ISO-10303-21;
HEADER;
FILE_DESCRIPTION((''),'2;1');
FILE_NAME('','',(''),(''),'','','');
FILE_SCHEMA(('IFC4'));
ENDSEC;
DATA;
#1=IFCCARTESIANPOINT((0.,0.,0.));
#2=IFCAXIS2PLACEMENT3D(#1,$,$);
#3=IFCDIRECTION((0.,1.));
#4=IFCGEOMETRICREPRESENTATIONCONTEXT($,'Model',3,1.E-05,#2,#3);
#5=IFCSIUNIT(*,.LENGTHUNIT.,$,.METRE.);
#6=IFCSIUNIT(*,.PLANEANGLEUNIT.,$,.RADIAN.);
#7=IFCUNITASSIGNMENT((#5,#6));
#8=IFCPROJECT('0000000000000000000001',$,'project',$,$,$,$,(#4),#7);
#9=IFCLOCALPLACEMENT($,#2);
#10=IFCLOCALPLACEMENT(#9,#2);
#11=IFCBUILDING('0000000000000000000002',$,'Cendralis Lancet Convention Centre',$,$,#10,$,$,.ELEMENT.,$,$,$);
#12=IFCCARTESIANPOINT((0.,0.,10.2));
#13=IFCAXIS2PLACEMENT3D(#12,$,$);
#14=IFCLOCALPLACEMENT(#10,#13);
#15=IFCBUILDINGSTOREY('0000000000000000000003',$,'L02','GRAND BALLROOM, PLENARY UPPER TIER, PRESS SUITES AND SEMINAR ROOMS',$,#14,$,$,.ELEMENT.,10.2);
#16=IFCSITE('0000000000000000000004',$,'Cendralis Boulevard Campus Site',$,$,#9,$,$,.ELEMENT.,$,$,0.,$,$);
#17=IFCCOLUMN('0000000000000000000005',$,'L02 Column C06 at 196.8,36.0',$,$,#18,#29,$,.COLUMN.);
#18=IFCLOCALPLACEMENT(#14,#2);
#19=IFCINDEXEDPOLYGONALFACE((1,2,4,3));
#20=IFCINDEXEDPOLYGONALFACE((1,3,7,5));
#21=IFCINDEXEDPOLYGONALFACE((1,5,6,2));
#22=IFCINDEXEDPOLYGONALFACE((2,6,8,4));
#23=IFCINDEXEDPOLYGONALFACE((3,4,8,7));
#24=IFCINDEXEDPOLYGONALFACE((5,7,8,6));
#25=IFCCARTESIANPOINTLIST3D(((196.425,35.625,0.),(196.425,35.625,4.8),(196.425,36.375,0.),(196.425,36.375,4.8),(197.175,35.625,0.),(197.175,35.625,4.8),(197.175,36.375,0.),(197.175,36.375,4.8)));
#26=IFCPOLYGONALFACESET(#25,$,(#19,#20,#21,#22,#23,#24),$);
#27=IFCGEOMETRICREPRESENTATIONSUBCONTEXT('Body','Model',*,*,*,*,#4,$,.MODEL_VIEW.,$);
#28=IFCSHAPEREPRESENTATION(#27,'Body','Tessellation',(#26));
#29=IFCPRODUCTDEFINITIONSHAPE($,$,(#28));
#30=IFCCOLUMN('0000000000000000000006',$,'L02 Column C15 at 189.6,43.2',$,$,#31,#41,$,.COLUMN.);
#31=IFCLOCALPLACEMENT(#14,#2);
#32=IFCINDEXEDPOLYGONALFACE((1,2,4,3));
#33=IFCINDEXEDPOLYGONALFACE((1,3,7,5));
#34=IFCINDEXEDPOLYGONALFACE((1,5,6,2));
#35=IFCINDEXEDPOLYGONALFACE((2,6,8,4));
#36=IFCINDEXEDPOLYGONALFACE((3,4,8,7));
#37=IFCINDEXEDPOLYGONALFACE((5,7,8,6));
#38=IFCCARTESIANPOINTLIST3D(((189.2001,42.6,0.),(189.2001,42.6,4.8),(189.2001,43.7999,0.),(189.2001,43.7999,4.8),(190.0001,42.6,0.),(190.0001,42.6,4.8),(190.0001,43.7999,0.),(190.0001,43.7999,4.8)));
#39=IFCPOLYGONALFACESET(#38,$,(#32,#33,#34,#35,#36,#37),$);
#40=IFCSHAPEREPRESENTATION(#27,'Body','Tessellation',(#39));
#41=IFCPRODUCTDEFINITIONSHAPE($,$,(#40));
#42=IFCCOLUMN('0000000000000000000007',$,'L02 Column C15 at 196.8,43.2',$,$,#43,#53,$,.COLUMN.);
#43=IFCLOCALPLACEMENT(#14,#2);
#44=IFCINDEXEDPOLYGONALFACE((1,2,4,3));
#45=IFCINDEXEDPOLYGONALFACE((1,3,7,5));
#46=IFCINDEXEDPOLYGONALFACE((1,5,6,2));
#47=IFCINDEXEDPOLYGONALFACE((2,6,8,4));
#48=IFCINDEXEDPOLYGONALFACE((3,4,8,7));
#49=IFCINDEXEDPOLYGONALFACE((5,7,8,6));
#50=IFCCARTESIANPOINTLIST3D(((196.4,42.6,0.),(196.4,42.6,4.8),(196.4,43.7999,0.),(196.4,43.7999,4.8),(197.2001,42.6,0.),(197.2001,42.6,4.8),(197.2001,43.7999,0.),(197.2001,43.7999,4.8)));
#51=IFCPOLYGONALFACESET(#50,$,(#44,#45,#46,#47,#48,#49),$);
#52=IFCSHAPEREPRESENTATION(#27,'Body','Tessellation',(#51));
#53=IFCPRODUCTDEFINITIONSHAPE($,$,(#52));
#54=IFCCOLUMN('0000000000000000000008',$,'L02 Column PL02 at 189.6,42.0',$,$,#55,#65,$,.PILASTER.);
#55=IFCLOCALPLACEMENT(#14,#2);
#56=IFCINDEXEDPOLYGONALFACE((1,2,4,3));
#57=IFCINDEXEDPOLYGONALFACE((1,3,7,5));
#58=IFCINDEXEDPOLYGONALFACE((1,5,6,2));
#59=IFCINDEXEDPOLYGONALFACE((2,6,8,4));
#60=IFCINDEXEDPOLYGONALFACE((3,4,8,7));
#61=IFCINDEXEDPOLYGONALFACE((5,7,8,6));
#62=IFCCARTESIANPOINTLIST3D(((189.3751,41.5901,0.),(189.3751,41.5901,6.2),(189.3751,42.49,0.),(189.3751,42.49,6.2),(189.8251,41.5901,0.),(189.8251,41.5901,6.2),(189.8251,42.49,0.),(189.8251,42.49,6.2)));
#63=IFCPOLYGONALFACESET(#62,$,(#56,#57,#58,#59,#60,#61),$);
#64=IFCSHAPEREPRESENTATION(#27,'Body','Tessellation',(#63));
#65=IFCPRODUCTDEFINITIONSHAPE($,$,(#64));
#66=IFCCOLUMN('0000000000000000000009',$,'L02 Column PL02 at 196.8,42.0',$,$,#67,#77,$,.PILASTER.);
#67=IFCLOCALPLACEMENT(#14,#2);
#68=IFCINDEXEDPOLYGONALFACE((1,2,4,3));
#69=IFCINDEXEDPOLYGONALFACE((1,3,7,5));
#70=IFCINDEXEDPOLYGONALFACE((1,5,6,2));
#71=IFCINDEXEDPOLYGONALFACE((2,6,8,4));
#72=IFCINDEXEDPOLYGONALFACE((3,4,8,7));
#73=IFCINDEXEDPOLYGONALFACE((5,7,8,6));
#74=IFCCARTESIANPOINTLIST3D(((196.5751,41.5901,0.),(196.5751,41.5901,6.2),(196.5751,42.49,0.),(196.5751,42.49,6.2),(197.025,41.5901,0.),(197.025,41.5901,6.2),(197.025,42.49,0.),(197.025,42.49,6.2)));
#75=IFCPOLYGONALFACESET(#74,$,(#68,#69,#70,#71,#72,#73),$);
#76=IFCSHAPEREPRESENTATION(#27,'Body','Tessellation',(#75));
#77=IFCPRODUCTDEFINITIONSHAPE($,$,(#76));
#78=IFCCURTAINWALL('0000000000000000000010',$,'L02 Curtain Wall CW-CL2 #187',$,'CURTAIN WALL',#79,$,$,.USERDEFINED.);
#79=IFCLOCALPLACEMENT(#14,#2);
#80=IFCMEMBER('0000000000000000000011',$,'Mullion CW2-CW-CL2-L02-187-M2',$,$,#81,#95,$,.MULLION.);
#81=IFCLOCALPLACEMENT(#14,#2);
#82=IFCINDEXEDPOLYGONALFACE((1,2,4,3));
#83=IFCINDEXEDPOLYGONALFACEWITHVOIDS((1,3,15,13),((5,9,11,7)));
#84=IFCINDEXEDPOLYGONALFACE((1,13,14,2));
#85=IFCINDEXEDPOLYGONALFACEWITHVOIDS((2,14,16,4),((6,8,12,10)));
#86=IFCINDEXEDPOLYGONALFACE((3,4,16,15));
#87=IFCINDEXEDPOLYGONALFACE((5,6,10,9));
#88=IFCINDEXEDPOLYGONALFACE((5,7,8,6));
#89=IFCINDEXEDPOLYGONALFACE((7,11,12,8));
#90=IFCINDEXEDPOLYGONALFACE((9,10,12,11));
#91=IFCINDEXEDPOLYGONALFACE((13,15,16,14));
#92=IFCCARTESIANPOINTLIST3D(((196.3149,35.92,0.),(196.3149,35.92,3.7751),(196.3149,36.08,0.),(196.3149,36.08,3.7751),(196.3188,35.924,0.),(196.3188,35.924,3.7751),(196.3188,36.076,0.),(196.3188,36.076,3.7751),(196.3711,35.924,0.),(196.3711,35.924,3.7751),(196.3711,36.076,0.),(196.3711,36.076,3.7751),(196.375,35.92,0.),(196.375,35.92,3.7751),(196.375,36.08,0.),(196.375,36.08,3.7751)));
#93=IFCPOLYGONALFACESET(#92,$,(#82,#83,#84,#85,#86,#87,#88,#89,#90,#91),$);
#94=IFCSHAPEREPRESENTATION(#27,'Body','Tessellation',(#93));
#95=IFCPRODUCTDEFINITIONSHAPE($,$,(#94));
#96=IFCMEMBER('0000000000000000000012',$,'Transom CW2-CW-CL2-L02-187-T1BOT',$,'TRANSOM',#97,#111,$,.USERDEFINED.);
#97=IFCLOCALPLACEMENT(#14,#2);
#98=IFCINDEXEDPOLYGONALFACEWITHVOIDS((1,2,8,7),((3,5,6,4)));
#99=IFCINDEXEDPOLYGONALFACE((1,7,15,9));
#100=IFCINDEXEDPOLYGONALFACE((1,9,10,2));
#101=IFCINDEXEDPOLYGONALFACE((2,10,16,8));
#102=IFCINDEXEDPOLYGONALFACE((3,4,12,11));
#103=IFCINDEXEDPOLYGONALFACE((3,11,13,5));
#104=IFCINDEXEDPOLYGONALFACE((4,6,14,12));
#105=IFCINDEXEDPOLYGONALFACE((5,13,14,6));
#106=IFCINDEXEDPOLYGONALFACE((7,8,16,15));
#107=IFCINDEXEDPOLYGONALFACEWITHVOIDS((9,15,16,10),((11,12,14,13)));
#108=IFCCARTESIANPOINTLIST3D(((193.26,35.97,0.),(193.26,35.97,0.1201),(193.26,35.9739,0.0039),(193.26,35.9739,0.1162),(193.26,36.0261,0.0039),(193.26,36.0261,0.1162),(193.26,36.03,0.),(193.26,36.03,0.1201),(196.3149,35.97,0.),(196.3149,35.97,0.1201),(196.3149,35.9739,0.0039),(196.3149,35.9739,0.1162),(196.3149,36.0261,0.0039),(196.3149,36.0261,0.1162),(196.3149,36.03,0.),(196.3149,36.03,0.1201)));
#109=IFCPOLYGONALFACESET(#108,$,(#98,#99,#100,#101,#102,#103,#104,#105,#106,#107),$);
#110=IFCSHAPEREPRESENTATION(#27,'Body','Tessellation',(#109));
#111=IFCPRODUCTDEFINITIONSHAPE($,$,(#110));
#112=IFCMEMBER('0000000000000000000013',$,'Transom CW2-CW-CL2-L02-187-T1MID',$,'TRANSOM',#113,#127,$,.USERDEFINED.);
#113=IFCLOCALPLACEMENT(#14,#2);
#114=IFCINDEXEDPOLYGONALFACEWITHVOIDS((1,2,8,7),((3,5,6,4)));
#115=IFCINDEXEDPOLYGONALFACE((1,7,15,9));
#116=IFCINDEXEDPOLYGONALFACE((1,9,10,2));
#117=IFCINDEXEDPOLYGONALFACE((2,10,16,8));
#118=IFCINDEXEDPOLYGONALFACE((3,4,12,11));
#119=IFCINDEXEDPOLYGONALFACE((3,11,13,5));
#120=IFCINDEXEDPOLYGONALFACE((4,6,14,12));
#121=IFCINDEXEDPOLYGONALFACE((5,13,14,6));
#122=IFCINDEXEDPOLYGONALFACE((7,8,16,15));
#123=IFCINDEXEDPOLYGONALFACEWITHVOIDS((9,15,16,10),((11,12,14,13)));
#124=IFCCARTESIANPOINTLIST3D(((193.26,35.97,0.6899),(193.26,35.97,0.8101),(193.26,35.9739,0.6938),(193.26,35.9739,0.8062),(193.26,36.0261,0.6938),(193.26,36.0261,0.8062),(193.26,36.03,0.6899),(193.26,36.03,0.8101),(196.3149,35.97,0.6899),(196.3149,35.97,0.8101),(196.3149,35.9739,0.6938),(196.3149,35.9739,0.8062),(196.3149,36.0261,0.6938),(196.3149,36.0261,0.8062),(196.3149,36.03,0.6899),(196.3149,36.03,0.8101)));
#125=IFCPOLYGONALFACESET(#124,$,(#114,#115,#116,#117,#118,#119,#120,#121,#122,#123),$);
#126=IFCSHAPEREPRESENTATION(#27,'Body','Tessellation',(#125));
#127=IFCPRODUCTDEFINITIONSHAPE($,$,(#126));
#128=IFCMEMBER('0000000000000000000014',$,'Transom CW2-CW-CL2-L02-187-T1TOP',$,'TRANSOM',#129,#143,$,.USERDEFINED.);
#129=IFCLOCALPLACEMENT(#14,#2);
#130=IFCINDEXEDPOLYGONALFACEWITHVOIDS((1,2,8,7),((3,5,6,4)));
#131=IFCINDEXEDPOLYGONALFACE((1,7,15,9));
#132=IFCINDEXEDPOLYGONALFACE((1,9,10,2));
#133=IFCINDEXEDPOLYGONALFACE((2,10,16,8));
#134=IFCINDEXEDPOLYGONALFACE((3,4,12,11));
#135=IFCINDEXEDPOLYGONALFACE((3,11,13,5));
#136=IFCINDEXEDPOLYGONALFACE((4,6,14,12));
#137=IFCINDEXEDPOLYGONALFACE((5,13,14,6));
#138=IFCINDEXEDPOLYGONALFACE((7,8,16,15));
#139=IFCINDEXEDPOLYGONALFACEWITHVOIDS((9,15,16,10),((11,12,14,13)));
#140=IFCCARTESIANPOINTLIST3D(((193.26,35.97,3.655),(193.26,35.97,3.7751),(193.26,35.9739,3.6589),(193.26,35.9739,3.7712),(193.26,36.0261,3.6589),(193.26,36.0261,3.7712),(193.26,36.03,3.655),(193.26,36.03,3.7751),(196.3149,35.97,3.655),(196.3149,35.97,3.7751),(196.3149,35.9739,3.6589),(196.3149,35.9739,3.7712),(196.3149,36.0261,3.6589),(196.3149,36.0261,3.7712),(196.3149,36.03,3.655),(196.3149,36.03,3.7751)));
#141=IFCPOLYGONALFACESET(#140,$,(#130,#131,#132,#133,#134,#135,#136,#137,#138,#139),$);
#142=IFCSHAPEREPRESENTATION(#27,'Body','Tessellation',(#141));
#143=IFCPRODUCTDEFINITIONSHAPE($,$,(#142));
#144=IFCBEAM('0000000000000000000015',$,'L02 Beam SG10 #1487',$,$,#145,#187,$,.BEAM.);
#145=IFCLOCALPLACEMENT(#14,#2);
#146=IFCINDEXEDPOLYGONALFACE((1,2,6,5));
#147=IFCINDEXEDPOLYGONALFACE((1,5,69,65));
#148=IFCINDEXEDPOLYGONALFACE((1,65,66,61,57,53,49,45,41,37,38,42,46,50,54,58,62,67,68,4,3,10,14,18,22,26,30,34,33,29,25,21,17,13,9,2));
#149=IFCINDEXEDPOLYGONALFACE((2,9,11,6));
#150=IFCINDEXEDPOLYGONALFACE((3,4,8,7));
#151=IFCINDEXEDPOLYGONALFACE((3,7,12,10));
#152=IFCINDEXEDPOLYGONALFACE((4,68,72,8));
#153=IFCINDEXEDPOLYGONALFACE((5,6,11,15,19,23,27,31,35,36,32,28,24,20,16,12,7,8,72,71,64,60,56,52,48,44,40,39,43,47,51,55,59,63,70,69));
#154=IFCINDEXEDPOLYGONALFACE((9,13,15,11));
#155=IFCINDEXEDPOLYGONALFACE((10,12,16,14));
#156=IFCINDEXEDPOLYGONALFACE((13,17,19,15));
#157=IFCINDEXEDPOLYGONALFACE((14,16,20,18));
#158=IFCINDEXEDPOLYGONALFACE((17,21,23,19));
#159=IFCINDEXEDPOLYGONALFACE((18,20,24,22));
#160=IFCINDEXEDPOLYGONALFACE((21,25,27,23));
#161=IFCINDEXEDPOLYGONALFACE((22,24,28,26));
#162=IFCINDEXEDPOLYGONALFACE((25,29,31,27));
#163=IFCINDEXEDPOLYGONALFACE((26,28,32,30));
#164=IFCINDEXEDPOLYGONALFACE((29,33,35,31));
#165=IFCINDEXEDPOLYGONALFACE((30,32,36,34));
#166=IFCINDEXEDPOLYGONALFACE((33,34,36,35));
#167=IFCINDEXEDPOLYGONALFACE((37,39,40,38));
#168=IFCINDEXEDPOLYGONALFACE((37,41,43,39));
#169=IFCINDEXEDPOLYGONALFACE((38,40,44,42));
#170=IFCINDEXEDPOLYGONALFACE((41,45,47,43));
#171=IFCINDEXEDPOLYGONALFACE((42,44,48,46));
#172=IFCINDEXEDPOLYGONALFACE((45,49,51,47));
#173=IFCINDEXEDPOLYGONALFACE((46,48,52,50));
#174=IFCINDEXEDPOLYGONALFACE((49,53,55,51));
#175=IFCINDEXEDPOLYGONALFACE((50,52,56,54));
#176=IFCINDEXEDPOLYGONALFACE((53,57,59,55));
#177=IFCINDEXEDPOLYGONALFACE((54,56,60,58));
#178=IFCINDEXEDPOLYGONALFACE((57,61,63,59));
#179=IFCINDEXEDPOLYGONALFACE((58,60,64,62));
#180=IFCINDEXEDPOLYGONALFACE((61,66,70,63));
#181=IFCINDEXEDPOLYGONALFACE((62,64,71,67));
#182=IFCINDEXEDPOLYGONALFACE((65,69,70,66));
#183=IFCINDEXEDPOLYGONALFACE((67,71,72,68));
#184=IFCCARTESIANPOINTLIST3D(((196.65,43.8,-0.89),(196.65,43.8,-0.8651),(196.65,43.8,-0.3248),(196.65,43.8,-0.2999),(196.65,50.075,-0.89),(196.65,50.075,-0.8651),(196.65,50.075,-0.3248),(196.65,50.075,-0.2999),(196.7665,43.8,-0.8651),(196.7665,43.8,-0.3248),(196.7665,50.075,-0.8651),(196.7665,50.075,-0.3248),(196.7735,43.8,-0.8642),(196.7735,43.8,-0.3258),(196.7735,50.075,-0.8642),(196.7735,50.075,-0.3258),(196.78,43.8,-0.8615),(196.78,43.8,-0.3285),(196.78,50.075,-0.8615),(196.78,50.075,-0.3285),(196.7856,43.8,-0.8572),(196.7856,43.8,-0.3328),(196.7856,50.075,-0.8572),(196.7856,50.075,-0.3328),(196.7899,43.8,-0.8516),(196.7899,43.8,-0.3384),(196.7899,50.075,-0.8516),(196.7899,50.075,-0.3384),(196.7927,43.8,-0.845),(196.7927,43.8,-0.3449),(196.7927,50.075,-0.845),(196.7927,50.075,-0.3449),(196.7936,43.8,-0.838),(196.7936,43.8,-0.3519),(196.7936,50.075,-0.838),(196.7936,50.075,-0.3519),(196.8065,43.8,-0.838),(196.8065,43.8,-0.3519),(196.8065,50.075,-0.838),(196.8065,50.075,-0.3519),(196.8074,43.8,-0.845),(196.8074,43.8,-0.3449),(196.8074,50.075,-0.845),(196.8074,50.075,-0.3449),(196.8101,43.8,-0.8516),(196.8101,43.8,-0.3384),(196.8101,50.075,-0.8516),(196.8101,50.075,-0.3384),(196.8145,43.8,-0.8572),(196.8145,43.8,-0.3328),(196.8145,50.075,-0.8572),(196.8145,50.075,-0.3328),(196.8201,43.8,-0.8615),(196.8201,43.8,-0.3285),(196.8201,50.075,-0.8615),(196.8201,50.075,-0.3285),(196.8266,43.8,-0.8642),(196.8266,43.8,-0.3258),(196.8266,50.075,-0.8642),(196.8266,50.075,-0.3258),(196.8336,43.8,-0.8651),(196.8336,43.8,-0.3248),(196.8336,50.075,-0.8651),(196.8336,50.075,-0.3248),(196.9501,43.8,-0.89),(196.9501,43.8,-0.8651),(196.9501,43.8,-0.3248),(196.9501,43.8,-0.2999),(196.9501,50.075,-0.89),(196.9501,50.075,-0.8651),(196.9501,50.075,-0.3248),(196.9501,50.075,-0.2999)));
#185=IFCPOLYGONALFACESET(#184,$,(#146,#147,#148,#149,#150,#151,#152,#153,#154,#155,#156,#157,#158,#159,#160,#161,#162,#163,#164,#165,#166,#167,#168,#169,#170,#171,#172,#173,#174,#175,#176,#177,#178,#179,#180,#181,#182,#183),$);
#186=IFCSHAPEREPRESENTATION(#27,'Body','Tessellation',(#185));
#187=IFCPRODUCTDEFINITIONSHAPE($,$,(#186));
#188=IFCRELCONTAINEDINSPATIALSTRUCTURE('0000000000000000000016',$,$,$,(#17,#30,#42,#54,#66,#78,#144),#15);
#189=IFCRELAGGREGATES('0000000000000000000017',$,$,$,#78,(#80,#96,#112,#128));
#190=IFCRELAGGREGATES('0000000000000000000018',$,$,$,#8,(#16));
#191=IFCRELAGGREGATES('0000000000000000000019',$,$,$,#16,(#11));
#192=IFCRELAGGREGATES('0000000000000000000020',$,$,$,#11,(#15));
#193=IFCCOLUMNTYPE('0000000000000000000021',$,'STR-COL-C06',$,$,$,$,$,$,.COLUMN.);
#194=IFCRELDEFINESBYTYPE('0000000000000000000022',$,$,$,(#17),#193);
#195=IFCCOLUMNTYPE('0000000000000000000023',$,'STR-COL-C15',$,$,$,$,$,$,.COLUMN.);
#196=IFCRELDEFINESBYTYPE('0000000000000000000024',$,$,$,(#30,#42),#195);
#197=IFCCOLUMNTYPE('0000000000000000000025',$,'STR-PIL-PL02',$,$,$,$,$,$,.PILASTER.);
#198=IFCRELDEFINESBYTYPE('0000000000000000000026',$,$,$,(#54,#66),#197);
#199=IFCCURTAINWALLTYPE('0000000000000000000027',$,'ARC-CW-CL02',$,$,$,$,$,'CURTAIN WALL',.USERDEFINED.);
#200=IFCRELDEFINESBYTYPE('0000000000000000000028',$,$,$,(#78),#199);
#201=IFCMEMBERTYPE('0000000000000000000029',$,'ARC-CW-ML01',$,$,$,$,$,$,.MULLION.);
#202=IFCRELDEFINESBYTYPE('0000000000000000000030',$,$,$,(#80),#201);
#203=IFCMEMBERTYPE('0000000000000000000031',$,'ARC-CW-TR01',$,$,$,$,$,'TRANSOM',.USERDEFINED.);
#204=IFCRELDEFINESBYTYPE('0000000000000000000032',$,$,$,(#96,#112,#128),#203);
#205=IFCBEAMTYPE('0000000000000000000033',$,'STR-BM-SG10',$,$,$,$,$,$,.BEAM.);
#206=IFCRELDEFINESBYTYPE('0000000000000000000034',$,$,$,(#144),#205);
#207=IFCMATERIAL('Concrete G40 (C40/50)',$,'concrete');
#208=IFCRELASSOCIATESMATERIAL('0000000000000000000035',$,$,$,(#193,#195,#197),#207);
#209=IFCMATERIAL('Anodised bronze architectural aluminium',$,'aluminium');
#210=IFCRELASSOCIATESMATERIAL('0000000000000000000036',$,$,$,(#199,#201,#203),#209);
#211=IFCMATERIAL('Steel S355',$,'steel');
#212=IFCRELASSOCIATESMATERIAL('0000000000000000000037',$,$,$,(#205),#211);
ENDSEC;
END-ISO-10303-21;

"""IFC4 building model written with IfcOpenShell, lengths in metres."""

from ifc_helpers import new_model, si_unit, direction, frame, origin, origin_2d, place, context, subcontext, project, spatial, rectangle, hollow_rectangle, i_section, extrude, material, material_profile, profile_set, type_object, element, aggregate, save


model = new_model("IFC4")

# Units and contexts
model_context = context("Model", 3, precision=1e-05, world=origin(), true_north=direction((0.0, 1.0)))
body_context = subcontext(model_context, "Body", "Model", "MODEL_VIEW")
ifc_project = project(units=[si_unit("LENGTHUNIT", "METRE"), si_unit("PLANEANGLEUNIT", "RADIAN")], contexts=[model_context])

# Site, building, storey
site_placement = place(None, origin())
site = spatial("IfcSite", under=ifc_project, at=site_placement, Name="Cendralis Boulevard Campus Site", CompositionType="ELEMENT", RefElevation=0.0)
building_placement = place(site_placement, origin())
building = spatial("IfcBuilding", under=site, at=building_placement, Name="Cendralis Lancet Convention Centre", CompositionType="ELEMENT")
storey_placement = place(building_placement, frame((0.0, 0.0, 10.2)))
storey = spatial("IfcBuildingStorey", under=building, at=storey_placement, Name="L02", Description="GRAND BALLROOM, PLENARY UPPER TIER, PRESS SUITES AND SEMINAR ROOMS", CompositionType="ELEMENT", Elevation=10.2)

# Columns
ifc_material_1 = material(Name="Concrete G40 (C40/50)", Category="concrete")
ifc_material_profile_1 = material_profile(ifc_material_1, rectangle(XDim=0.75, YDim=0.75, at=origin_2d()), Name="RC 750x750")
ifc_profile_set_1 = profile_set([ifc_material_profile_1], Name="Concrete G40 (C40/50)")
column_type_1 = type_object("IfcColumnType", Name="STR-COL-C06", PredefinedType="COLUMN", material=ifc_profile_set_1)
column_placement = place(storey_placement, frame((196.8, 36.0, 0.0), z_axis=(0.0, 0.0, 1.0), x_axis=(1.0, 0.0, 0.0)))
element("IfcColumn", 1, at=column_placement, inside=storey, type_object=column_type_1, Name="L02 Column C06 at 196.8,36.0", PredefinedType="COLUMN", context=body_context, shape_type="SweptSolid", body=[
    extrude(rectangle(XDim=0.75, YDim=0.75, at=origin_2d()), origin(), (0.0, 0.0, 1.0), 4.8),
])
ifc_material_profile_2 = material_profile(ifc_material_1, rectangle(XDim=0.8, YDim=1.2, at=origin_2d()), Name="RC 800x1200")
ifc_profile_set_2 = profile_set([ifc_material_profile_2], Name="Concrete G40 (C40/50)")
column_type_2 = type_object("IfcColumnType", Name="STR-COL-C15", PredefinedType="COLUMN", material=ifc_profile_set_2)
for number, where, z_axis, x_axis, name in (
    (2, (189.6001, 43.2, 0.0), (0.0, 0.0, 1.0), (1.0, 0.0, 0.0), "L02 Column C15 at 189.6,43.2"),
    (3, (196.8, 43.2, 0.0), (0.0, 0.0, 1.0), (1.0, 0.0, 0.0), "L02 Column C15 at 196.8,43.2"),
):
    element("IfcColumn", number, at=place(storey_placement, frame(where, z_axis=z_axis, x_axis=x_axis)), inside=storey, type_object=column_type_2, Name=name, PredefinedType="COLUMN", context=body_context, shape_type="SweptSolid", body=[
        extrude(rectangle(XDim=0.8, YDim=1.2, at=origin_2d()), origin(), (0.0, 0.0, 1.0), 4.8),
    ])
ifc_material_profile_3 = material_profile(ifc_material_1, rectangle(XDim=0.45, YDim=0.8999, at=origin_2d()), Name="RC 450x900")
ifc_profile_set_3 = profile_set([ifc_material_profile_3], Name="Concrete G40 (C40/50)")
column_type_3 = type_object("IfcColumnType", Name="STR-PIL-PL02", PredefinedType="PILASTER", material=ifc_profile_set_3)
for number, where, z_axis, x_axis, name in (
    (4, (189.6001, 42.04, 0.0), (0.0, 0.0, 1.0), (1.0, 0.0, 0.0), "L02 Column PL02 at 189.6,42.0"),
    (5, (196.8, 42.04, 0.0), (0.0, 0.0, 1.0), (1.0, 0.0, 0.0), "L02 Column PL02 at 196.8,42.0"),
):
    element("IfcColumn", number, at=place(storey_placement, frame(where, z_axis=z_axis, x_axis=x_axis)), inside=storey, type_object=column_type_3, Name=name, PredefinedType="PILASTER", context=body_context, shape_type="SweptSolid", body=[
        extrude(rectangle(XDim=0.45, YDim=0.8999, at=origin_2d()), origin(), (0.0, 0.0, 1.0), 6.2),
    ])

# Curtain wall, members
ifc_material_2 = material(Name="Anodised bronze architectural aluminium", Category="aluminium")
curtain_wall_type = type_object("IfcCurtainWallType", Name="ARC-CW-CL02", ElementType="CURTAIN WALL", PredefinedType="USERDEFINED", material=ifc_material_2)
curtain_wall_placement = place(storey_placement, origin())
curtain_wall = element("IfcCurtainWall", 6, at=curtain_wall_placement, inside=storey, type_object=curtain_wall_type, Name="L02 Curtain Wall CW-CL2 #187", ObjectType="CURTAIN WALL", PredefinedType="USERDEFINED")
ifc_material_profile_4 = material_profile(ifc_material_2, hollow_rectangle(XDim=0.0601, YDim=0.1599, WallThickness=0.0039, at=origin_2d()), Name="AL-MULL 60x160x4.0")
ifc_profile_set_4 = profile_set([ifc_material_profile_4], Name="Anodised bronze architectural aluminium")
member_type_1 = type_object("IfcMemberType", Name="ARC-CW-ML01", PredefinedType="MULLION", material=ifc_profile_set_4)
member_1_placement = place(storey_placement, frame((196.345, 36.0, 0.0), z_axis=(0.0, 0.0, 1.0), x_axis=(1.0, 0.0, 0.0)))
member_1 = element("IfcMember", 7, at=member_1_placement, type_object=member_type_1, Name="Mullion CW2-CW-CL2-L02-187-M2", PredefinedType="MULLION", context=body_context, shape_type="SweptSolid", body=[
    extrude(hollow_rectangle(XDim=0.0601, YDim=0.1599, WallThickness=0.0039, at=origin_2d()), origin(), (0.0, 0.0, 1.0), 3.7751),
])
ifc_material_profile_5 = material_profile(ifc_material_2, hollow_rectangle(XDim=0.0601, YDim=0.1201, WallThickness=0.0039, at=origin_2d()), Name="AL-TRAN 60x120x4.0")
ifc_profile_set_5 = profile_set([ifc_material_profile_5], Name="Anodised bronze architectural aluminium")
member_type_2 = type_object("IfcMemberType", Name="ARC-CW-TR01", ElementType="TRANSOM", PredefinedType="USERDEFINED", material=ifc_profile_set_5)
member_2_placement = place(storey_placement, frame((193.26, 36.0, 0.0601), z_axis=(1.0, 0.0, 0.0), x_axis=(0.0, 1.0, 0.0)))
member_2 = element("IfcMember", 8, at=member_2_placement, type_object=member_type_2, Name="Transom CW2-CW-CL2-L02-187-T1BOT", ObjectType="TRANSOM", PredefinedType="USERDEFINED", context=body_context, shape_type="SweptSolid", body=[
    extrude(hollow_rectangle(XDim=0.0601, YDim=0.1201, WallThickness=0.0039, at=origin_2d()), origin(), (0.0, 0.0, 1.0), 3.0549),
])
member_3_placement = place(storey_placement, frame((193.26, 36.0, 0.75), z_axis=(1.0, 0.0, 0.0), x_axis=(0.0, 1.0, 0.0)))
member_3 = element("IfcMember", 9, at=member_3_placement, type_object=member_type_2, Name="Transom CW2-CW-CL2-L02-187-T1MID", ObjectType="TRANSOM", PredefinedType="USERDEFINED", context=body_context, shape_type="SweptSolid", body=[
    extrude(hollow_rectangle(XDim=0.0601, YDim=0.1201, WallThickness=0.0039, at=origin_2d()), origin(), (0.0, 0.0, 1.0), 3.0549),
])
member_4_placement = place(storey_placement, frame((193.26, 36.0, 3.7151), z_axis=(1.0, 0.0, 0.0), x_axis=(0.0, 1.0, 0.0)))
member_4 = element("IfcMember", 10, at=member_4_placement, type_object=member_type_2, Name="Transom CW2-CW-CL2-L02-187-T1TOP", ObjectType="TRANSOM", PredefinedType="USERDEFINED", context=body_context, shape_type="SweptSolid", body=[
    extrude(hollow_rectangle(XDim=0.0601, YDim=0.1201, WallThickness=0.0039, at=origin_2d()), origin(), (0.0, 0.0, 1.0), 3.0549),
])

# Beam
ifc_material_3 = material(Name="Steel S355", Category="steel")
ifc_material_profile_6 = material_profile(ifc_material_3, i_section(OverallWidth=0.3, OverallDepth=0.5901, WebThickness=0.0129, FlangeThickness=0.0249, FilletRadius=0.0271, at=origin_2d()), Name="HEA 600")
ifc_profile_set_6 = profile_set([ifc_material_profile_6], Name="Steel S355")
beam_type_1 = type_object("IfcBeamType", Name="STR-BM-SG10", PredefinedType="BEAM", material=ifc_profile_set_6)
beam_1_placement = place(storey_placement, frame((196.8, 43.8, -0.595), z_axis=(0.0, 1.0, 0.0), x_axis=(-1.0, 0.0, 0.0)))
element("IfcBeam", 11, at=beam_1_placement, inside=storey, type_object=beam_type_1, Name="L02 Beam SG10 #1487", PredefinedType="BEAM", context=body_context, shape_type="SweptSolid", body=[
    extrude(i_section(OverallWidth=0.3, OverallDepth=0.5901, WebThickness=0.0129, FlangeThickness=0.0249, FilletRadius=0.0271, at=origin_2d()), origin(), (0.0, 0.0, 1.0), 6.2749),
])

aggregate(curtain_wall, [member_1, member_2, member_3, member_4])

save(model, "model.ifc")
